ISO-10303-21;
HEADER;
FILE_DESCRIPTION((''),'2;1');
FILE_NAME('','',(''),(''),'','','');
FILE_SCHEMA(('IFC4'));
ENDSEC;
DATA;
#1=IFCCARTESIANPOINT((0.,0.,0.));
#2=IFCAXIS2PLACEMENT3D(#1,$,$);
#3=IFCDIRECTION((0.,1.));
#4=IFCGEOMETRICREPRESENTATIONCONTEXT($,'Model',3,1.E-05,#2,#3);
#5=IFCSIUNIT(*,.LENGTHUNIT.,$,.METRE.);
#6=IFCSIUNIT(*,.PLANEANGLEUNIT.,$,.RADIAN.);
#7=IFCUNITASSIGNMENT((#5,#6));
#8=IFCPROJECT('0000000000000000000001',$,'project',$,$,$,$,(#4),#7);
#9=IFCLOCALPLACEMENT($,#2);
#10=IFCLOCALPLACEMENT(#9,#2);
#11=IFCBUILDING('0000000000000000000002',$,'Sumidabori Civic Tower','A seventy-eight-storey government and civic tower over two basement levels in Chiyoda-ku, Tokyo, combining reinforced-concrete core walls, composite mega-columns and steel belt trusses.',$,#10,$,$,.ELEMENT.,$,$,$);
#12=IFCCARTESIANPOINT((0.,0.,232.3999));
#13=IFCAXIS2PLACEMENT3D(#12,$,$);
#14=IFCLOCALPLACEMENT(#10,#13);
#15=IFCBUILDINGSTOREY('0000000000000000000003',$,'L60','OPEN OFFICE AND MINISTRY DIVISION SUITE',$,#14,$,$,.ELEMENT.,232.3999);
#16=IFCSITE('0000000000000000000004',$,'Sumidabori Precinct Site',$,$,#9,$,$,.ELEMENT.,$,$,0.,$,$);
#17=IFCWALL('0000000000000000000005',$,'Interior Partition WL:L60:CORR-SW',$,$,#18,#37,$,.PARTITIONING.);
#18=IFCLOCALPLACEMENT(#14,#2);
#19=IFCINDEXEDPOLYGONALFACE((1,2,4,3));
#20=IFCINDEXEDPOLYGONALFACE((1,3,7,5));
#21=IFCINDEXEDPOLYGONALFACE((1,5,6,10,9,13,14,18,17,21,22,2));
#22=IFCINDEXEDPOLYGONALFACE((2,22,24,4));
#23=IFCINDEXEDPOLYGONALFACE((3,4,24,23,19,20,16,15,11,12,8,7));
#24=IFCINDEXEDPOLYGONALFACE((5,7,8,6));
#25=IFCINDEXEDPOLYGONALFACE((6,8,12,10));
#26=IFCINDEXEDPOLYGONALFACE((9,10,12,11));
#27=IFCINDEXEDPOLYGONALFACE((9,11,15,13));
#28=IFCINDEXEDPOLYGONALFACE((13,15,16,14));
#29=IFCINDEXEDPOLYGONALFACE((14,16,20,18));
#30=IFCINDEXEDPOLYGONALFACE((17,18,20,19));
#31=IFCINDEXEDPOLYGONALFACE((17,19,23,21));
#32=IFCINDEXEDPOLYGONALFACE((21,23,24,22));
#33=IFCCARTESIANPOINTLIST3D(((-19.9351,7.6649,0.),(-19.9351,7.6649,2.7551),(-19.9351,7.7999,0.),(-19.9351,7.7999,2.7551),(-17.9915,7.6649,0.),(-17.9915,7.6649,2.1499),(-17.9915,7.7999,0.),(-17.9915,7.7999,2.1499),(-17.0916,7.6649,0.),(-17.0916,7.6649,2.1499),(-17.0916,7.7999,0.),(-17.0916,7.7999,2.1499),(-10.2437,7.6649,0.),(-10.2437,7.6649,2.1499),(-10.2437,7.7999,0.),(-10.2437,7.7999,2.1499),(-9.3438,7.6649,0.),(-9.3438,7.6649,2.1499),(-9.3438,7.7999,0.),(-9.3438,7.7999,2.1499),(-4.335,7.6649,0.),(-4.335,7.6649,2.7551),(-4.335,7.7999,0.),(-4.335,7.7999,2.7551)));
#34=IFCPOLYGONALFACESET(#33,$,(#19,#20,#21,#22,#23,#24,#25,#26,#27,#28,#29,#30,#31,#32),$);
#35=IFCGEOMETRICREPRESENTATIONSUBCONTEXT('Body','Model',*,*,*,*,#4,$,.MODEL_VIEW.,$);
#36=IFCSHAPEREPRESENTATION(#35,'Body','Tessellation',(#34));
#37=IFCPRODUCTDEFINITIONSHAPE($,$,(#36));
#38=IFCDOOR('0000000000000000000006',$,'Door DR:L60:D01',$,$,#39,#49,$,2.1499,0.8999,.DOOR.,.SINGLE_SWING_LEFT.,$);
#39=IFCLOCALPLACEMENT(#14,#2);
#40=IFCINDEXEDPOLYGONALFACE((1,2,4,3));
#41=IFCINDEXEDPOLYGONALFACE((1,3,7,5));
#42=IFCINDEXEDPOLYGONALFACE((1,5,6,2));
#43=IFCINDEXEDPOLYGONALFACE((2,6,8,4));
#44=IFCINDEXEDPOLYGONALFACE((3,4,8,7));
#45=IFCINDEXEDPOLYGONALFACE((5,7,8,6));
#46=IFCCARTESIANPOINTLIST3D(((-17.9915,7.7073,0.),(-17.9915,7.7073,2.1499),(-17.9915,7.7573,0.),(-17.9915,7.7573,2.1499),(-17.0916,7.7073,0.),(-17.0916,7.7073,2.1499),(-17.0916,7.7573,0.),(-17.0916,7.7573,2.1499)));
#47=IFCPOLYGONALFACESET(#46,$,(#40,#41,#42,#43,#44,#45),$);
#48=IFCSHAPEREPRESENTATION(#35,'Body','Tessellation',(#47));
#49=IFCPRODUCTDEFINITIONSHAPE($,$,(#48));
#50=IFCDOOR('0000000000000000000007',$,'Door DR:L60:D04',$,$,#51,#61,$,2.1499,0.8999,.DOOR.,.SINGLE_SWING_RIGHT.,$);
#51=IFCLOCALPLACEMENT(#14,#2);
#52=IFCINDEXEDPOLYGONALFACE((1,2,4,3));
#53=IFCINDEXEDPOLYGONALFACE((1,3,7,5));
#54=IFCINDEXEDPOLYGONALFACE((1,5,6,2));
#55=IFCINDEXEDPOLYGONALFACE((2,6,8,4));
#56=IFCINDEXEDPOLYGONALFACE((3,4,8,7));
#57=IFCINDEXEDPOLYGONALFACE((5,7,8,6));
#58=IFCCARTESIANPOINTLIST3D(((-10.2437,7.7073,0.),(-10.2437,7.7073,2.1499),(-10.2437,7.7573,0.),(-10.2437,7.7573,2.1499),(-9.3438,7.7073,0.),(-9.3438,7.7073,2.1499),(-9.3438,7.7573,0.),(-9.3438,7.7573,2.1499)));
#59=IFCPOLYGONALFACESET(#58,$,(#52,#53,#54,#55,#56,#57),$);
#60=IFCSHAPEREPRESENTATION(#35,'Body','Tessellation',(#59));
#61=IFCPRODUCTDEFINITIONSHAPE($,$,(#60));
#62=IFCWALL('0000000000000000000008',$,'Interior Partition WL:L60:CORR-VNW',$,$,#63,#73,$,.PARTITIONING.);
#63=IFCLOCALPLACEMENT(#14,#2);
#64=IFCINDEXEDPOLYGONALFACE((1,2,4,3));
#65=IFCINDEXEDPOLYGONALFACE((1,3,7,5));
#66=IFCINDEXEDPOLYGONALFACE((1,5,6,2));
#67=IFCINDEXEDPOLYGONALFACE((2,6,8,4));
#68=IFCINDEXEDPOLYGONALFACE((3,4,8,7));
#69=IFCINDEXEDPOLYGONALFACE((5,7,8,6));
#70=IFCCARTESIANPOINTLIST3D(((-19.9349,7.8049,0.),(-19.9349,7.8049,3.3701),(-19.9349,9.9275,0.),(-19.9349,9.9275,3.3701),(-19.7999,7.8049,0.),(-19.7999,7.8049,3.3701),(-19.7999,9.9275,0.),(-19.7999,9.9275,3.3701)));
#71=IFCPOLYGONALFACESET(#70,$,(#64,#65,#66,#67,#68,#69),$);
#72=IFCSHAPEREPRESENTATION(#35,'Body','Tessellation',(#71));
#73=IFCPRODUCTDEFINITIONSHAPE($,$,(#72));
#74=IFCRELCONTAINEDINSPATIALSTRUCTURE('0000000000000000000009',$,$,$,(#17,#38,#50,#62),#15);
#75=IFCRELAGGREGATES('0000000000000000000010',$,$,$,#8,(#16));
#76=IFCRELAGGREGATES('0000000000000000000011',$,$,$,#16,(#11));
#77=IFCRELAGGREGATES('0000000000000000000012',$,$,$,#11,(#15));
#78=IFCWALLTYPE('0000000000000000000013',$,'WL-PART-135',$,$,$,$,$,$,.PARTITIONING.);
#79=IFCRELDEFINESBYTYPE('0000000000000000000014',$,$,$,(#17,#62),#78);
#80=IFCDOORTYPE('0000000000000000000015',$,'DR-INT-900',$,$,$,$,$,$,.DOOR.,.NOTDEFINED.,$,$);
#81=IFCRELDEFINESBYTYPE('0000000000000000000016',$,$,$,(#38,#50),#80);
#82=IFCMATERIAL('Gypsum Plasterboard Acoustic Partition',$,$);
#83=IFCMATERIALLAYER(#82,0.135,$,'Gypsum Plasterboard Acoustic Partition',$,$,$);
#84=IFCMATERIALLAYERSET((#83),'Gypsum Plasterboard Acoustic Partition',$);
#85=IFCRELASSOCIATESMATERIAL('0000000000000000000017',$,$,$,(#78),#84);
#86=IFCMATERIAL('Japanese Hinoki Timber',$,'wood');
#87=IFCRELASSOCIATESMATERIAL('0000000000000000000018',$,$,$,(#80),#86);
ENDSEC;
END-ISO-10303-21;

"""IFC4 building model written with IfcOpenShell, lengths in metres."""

from ifc_helpers import new_model, si_unit, direction, frame, frame_2d, origin, place, context, subcontext, project, spatial, rectangle, extrude, source, transform, mapped, material, layer, layer_set, type_object, element, fill, save


model = new_model("IFC4")

# Units and contexts
model_context = context("Model", 3, precision=1e-05, world=origin(), true_north=direction((0.0, 1.0)))
body_context = subcontext(model_context, "Body", "Model", "MODEL_VIEW")
ifc_project = project(units=[si_unit("LENGTHUNIT", "METRE"), si_unit("PLANEANGLEUNIT", "RADIAN")], contexts=[model_context])

# Site, building, storey
site_placement = place(None, origin())
site = spatial("IfcSite", under=ifc_project, at=site_placement, Name="Sumidabori Precinct Site", CompositionType="ELEMENT", RefElevation=0.0)
building_placement = place(site_placement, origin())
building = spatial("IfcBuilding", under=site, at=building_placement, Name="Sumidabori Civic Tower", Description="A seventy-eight-storey government and civic tower over two basement levels in Chiyoda-ku, Tokyo, combining reinforced-concrete core walls, composite mega-columns and steel belt trusses.", CompositionType="ELEMENT")
storey_placement = place(building_placement, frame((0.0, 0.0, 232.3999)))
storey = spatial("IfcBuildingStorey", under=building, at=storey_placement, Name="L60", Description="OPEN OFFICE AND MINISTRY DIVISION SUITE", CompositionType="ELEMENT", Elevation=232.3999)

# Wall, openings, doors
ifc_material_1 = material(Name="Gypsum Plasterboard Acoustic Partition")
ifc_layer_1 = layer(ifc_material_1, 0.135, Name="Gypsum Plasterboard Acoustic Partition")
ifc_layer_set_1 = layer_set([ifc_layer_1], Name="Gypsum Plasterboard Acoustic Partition")
wall_type_1 = type_object("IfcWallType", Name="WL-PART-135", PredefinedType="PARTITIONING", material=ifc_layer_set_1)
shared_shape_1 = source(origin(), body_context, "Body", "SweptSolid", [
    extrude(rectangle(XDim=15.6001, YDim=0.135, at=frame_2d((7.8, 0.0))), origin(), (0.0, 0.0, 1.0), 2.7551),
])
wall_1_placement = place(storey_placement, frame((-19.9351, 7.7324, 0.0), z_axis=(0.0, 0.0, 1.0), x_axis=(1.0, 0.0, 0.0)))
wall_1 = element("IfcWall", 1, at=wall_1_placement, inside=storey, type_object=wall_type_1, Name="Interior Partition WL:L60:CORR-SW", PredefinedType="PARTITIONING", context=body_context, shape_type="MappedRepresentation", body=[
    mapped(shared_shape_1, transform((0.0, 0.0, 0.0), x_axis=(1.0, 0.0, 0.0), y_axis=(0.0, 1.0, 0.0), z_axis=(0.0, 0.0, 1.0), scale=1.0)),
])
opening_1_placement = place(wall_1_placement, frame((1.9436, 0.0, 0.0)))
opening_1 = element("IfcOpeningElement", 2, at=opening_1_placement, cuts=wall_1, PredefinedType="OPENING", context=body_context, shape_type="SweptSolid", body=[
    extrude(rectangle(XDim=0.8999, YDim=2.1499, at=frame_2d((0.45, 1.075))), frame((0.0, 0.0796, 0.0), z_axis=(0.0, -1.0, 0.0), x_axis=(1.0, 0.0, 0.0)), (0.0, 0.0, 1.0), 0.1589),
])
opening_2_placement = place(wall_1_placement, frame((9.6914, 0.0, 0.0)))
opening_2 = element("IfcOpeningElement", 3, at=opening_2_placement, cuts=wall_1, PredefinedType="OPENING", context=body_context, shape_type="SweptSolid", body=[
    extrude(rectangle(XDim=0.8999, YDim=2.1499, at=frame_2d((0.45, 1.075))), frame((0.0, 0.0796, 0.0), z_axis=(0.0, -1.0, 0.0), x_axis=(1.0, 0.0, 0.0)), (0.0, 0.0, 1.0), 0.1589),
])
ifc_material_2 = material(Name="Japanese Hinoki Timber", Category="wood")
door_type = type_object("IfcDoorType", Name="DR-INT-900", OperationType="NOTDEFINED", PredefinedType="DOOR", material=ifc_material_2)
shared_shape_2 = source(origin(), body_context, "Body", "SweptSolid", [
    extrude(rectangle(XDim=0.8999, YDim=2.1499, at=frame_2d((0.45, 1.075))), frame((0.0, 0.0249, 0.0), z_axis=(0.0, -1.0, 0.0), x_axis=(1.0, 0.0, 0.0)), (0.0, 0.0, 1.0), 0.05),
])
door_1_placement = place(opening_1_placement, origin())
door_1 = element("IfcDoor", 4, at=door_1_placement, inside=storey, type_object=door_type, Name="Door DR:L60:D01", OperationType="SINGLE_SWING_LEFT", OverallHeight=2.1499, OverallWidth=0.8999, PredefinedType="DOOR", context=body_context, shape_type="MappedRepresentation", body=[
    mapped(shared_shape_2, transform((0.0, 0.0, 0.0), x_axis=(1.0, 0.0, 0.0), y_axis=(0.0, 1.0, 0.0), z_axis=(0.0, 0.0, 1.0), scale=1.0)),
])
fill(opening_1, door_1)
door_2_placement = place(opening_2_placement, origin())
door_2 = element("IfcDoor", 5, at=door_2_placement, inside=storey, type_object=door_type, Name="Door DR:L60:D04", OperationType="SINGLE_SWING_RIGHT", OverallHeight=2.1499, OverallWidth=0.8999, PredefinedType="DOOR", context=body_context, shape_type="MappedRepresentation", body=[
    mapped(shared_shape_2, transform((0.0, 0.0, 0.0), x_axis=(1.0, 0.0, 0.0), y_axis=(0.0, 1.0, 0.0), z_axis=(0.0, 0.0, 1.0), scale=1.0)),
])
fill(opening_2, door_2)

# Wall
shared_shape_3 = source(origin(), body_context, "Body", "SweptSolid", [
    extrude(rectangle(XDim=2.1226, YDim=0.135, at=frame_2d((1.0613, 0.0))), origin(), (0.0, 0.0, 1.0), 3.3701),
])
wall_2_placement = place(storey_placement, frame((-19.8674, 7.8049, 0.0), z_axis=(0.0, 0.0, 1.0), x_axis=(0.0, 1.0, 0.0)))
element("IfcWall", 6, at=wall_2_placement, inside=storey, type_object=wall_type_1, Name="Interior Partition WL:L60:CORR-VNW", PredefinedType="PARTITIONING", context=body_context, shape_type="MappedRepresentation", body=[
    mapped(shared_shape_3, transform((0.0, 0.0, 0.0), x_axis=(1.0, 0.0, 0.0), y_axis=(0.0, 1.0, 0.0), z_axis=(0.0, 0.0, 1.0), scale=1.0)),
])

save(model, "model.ifc")
